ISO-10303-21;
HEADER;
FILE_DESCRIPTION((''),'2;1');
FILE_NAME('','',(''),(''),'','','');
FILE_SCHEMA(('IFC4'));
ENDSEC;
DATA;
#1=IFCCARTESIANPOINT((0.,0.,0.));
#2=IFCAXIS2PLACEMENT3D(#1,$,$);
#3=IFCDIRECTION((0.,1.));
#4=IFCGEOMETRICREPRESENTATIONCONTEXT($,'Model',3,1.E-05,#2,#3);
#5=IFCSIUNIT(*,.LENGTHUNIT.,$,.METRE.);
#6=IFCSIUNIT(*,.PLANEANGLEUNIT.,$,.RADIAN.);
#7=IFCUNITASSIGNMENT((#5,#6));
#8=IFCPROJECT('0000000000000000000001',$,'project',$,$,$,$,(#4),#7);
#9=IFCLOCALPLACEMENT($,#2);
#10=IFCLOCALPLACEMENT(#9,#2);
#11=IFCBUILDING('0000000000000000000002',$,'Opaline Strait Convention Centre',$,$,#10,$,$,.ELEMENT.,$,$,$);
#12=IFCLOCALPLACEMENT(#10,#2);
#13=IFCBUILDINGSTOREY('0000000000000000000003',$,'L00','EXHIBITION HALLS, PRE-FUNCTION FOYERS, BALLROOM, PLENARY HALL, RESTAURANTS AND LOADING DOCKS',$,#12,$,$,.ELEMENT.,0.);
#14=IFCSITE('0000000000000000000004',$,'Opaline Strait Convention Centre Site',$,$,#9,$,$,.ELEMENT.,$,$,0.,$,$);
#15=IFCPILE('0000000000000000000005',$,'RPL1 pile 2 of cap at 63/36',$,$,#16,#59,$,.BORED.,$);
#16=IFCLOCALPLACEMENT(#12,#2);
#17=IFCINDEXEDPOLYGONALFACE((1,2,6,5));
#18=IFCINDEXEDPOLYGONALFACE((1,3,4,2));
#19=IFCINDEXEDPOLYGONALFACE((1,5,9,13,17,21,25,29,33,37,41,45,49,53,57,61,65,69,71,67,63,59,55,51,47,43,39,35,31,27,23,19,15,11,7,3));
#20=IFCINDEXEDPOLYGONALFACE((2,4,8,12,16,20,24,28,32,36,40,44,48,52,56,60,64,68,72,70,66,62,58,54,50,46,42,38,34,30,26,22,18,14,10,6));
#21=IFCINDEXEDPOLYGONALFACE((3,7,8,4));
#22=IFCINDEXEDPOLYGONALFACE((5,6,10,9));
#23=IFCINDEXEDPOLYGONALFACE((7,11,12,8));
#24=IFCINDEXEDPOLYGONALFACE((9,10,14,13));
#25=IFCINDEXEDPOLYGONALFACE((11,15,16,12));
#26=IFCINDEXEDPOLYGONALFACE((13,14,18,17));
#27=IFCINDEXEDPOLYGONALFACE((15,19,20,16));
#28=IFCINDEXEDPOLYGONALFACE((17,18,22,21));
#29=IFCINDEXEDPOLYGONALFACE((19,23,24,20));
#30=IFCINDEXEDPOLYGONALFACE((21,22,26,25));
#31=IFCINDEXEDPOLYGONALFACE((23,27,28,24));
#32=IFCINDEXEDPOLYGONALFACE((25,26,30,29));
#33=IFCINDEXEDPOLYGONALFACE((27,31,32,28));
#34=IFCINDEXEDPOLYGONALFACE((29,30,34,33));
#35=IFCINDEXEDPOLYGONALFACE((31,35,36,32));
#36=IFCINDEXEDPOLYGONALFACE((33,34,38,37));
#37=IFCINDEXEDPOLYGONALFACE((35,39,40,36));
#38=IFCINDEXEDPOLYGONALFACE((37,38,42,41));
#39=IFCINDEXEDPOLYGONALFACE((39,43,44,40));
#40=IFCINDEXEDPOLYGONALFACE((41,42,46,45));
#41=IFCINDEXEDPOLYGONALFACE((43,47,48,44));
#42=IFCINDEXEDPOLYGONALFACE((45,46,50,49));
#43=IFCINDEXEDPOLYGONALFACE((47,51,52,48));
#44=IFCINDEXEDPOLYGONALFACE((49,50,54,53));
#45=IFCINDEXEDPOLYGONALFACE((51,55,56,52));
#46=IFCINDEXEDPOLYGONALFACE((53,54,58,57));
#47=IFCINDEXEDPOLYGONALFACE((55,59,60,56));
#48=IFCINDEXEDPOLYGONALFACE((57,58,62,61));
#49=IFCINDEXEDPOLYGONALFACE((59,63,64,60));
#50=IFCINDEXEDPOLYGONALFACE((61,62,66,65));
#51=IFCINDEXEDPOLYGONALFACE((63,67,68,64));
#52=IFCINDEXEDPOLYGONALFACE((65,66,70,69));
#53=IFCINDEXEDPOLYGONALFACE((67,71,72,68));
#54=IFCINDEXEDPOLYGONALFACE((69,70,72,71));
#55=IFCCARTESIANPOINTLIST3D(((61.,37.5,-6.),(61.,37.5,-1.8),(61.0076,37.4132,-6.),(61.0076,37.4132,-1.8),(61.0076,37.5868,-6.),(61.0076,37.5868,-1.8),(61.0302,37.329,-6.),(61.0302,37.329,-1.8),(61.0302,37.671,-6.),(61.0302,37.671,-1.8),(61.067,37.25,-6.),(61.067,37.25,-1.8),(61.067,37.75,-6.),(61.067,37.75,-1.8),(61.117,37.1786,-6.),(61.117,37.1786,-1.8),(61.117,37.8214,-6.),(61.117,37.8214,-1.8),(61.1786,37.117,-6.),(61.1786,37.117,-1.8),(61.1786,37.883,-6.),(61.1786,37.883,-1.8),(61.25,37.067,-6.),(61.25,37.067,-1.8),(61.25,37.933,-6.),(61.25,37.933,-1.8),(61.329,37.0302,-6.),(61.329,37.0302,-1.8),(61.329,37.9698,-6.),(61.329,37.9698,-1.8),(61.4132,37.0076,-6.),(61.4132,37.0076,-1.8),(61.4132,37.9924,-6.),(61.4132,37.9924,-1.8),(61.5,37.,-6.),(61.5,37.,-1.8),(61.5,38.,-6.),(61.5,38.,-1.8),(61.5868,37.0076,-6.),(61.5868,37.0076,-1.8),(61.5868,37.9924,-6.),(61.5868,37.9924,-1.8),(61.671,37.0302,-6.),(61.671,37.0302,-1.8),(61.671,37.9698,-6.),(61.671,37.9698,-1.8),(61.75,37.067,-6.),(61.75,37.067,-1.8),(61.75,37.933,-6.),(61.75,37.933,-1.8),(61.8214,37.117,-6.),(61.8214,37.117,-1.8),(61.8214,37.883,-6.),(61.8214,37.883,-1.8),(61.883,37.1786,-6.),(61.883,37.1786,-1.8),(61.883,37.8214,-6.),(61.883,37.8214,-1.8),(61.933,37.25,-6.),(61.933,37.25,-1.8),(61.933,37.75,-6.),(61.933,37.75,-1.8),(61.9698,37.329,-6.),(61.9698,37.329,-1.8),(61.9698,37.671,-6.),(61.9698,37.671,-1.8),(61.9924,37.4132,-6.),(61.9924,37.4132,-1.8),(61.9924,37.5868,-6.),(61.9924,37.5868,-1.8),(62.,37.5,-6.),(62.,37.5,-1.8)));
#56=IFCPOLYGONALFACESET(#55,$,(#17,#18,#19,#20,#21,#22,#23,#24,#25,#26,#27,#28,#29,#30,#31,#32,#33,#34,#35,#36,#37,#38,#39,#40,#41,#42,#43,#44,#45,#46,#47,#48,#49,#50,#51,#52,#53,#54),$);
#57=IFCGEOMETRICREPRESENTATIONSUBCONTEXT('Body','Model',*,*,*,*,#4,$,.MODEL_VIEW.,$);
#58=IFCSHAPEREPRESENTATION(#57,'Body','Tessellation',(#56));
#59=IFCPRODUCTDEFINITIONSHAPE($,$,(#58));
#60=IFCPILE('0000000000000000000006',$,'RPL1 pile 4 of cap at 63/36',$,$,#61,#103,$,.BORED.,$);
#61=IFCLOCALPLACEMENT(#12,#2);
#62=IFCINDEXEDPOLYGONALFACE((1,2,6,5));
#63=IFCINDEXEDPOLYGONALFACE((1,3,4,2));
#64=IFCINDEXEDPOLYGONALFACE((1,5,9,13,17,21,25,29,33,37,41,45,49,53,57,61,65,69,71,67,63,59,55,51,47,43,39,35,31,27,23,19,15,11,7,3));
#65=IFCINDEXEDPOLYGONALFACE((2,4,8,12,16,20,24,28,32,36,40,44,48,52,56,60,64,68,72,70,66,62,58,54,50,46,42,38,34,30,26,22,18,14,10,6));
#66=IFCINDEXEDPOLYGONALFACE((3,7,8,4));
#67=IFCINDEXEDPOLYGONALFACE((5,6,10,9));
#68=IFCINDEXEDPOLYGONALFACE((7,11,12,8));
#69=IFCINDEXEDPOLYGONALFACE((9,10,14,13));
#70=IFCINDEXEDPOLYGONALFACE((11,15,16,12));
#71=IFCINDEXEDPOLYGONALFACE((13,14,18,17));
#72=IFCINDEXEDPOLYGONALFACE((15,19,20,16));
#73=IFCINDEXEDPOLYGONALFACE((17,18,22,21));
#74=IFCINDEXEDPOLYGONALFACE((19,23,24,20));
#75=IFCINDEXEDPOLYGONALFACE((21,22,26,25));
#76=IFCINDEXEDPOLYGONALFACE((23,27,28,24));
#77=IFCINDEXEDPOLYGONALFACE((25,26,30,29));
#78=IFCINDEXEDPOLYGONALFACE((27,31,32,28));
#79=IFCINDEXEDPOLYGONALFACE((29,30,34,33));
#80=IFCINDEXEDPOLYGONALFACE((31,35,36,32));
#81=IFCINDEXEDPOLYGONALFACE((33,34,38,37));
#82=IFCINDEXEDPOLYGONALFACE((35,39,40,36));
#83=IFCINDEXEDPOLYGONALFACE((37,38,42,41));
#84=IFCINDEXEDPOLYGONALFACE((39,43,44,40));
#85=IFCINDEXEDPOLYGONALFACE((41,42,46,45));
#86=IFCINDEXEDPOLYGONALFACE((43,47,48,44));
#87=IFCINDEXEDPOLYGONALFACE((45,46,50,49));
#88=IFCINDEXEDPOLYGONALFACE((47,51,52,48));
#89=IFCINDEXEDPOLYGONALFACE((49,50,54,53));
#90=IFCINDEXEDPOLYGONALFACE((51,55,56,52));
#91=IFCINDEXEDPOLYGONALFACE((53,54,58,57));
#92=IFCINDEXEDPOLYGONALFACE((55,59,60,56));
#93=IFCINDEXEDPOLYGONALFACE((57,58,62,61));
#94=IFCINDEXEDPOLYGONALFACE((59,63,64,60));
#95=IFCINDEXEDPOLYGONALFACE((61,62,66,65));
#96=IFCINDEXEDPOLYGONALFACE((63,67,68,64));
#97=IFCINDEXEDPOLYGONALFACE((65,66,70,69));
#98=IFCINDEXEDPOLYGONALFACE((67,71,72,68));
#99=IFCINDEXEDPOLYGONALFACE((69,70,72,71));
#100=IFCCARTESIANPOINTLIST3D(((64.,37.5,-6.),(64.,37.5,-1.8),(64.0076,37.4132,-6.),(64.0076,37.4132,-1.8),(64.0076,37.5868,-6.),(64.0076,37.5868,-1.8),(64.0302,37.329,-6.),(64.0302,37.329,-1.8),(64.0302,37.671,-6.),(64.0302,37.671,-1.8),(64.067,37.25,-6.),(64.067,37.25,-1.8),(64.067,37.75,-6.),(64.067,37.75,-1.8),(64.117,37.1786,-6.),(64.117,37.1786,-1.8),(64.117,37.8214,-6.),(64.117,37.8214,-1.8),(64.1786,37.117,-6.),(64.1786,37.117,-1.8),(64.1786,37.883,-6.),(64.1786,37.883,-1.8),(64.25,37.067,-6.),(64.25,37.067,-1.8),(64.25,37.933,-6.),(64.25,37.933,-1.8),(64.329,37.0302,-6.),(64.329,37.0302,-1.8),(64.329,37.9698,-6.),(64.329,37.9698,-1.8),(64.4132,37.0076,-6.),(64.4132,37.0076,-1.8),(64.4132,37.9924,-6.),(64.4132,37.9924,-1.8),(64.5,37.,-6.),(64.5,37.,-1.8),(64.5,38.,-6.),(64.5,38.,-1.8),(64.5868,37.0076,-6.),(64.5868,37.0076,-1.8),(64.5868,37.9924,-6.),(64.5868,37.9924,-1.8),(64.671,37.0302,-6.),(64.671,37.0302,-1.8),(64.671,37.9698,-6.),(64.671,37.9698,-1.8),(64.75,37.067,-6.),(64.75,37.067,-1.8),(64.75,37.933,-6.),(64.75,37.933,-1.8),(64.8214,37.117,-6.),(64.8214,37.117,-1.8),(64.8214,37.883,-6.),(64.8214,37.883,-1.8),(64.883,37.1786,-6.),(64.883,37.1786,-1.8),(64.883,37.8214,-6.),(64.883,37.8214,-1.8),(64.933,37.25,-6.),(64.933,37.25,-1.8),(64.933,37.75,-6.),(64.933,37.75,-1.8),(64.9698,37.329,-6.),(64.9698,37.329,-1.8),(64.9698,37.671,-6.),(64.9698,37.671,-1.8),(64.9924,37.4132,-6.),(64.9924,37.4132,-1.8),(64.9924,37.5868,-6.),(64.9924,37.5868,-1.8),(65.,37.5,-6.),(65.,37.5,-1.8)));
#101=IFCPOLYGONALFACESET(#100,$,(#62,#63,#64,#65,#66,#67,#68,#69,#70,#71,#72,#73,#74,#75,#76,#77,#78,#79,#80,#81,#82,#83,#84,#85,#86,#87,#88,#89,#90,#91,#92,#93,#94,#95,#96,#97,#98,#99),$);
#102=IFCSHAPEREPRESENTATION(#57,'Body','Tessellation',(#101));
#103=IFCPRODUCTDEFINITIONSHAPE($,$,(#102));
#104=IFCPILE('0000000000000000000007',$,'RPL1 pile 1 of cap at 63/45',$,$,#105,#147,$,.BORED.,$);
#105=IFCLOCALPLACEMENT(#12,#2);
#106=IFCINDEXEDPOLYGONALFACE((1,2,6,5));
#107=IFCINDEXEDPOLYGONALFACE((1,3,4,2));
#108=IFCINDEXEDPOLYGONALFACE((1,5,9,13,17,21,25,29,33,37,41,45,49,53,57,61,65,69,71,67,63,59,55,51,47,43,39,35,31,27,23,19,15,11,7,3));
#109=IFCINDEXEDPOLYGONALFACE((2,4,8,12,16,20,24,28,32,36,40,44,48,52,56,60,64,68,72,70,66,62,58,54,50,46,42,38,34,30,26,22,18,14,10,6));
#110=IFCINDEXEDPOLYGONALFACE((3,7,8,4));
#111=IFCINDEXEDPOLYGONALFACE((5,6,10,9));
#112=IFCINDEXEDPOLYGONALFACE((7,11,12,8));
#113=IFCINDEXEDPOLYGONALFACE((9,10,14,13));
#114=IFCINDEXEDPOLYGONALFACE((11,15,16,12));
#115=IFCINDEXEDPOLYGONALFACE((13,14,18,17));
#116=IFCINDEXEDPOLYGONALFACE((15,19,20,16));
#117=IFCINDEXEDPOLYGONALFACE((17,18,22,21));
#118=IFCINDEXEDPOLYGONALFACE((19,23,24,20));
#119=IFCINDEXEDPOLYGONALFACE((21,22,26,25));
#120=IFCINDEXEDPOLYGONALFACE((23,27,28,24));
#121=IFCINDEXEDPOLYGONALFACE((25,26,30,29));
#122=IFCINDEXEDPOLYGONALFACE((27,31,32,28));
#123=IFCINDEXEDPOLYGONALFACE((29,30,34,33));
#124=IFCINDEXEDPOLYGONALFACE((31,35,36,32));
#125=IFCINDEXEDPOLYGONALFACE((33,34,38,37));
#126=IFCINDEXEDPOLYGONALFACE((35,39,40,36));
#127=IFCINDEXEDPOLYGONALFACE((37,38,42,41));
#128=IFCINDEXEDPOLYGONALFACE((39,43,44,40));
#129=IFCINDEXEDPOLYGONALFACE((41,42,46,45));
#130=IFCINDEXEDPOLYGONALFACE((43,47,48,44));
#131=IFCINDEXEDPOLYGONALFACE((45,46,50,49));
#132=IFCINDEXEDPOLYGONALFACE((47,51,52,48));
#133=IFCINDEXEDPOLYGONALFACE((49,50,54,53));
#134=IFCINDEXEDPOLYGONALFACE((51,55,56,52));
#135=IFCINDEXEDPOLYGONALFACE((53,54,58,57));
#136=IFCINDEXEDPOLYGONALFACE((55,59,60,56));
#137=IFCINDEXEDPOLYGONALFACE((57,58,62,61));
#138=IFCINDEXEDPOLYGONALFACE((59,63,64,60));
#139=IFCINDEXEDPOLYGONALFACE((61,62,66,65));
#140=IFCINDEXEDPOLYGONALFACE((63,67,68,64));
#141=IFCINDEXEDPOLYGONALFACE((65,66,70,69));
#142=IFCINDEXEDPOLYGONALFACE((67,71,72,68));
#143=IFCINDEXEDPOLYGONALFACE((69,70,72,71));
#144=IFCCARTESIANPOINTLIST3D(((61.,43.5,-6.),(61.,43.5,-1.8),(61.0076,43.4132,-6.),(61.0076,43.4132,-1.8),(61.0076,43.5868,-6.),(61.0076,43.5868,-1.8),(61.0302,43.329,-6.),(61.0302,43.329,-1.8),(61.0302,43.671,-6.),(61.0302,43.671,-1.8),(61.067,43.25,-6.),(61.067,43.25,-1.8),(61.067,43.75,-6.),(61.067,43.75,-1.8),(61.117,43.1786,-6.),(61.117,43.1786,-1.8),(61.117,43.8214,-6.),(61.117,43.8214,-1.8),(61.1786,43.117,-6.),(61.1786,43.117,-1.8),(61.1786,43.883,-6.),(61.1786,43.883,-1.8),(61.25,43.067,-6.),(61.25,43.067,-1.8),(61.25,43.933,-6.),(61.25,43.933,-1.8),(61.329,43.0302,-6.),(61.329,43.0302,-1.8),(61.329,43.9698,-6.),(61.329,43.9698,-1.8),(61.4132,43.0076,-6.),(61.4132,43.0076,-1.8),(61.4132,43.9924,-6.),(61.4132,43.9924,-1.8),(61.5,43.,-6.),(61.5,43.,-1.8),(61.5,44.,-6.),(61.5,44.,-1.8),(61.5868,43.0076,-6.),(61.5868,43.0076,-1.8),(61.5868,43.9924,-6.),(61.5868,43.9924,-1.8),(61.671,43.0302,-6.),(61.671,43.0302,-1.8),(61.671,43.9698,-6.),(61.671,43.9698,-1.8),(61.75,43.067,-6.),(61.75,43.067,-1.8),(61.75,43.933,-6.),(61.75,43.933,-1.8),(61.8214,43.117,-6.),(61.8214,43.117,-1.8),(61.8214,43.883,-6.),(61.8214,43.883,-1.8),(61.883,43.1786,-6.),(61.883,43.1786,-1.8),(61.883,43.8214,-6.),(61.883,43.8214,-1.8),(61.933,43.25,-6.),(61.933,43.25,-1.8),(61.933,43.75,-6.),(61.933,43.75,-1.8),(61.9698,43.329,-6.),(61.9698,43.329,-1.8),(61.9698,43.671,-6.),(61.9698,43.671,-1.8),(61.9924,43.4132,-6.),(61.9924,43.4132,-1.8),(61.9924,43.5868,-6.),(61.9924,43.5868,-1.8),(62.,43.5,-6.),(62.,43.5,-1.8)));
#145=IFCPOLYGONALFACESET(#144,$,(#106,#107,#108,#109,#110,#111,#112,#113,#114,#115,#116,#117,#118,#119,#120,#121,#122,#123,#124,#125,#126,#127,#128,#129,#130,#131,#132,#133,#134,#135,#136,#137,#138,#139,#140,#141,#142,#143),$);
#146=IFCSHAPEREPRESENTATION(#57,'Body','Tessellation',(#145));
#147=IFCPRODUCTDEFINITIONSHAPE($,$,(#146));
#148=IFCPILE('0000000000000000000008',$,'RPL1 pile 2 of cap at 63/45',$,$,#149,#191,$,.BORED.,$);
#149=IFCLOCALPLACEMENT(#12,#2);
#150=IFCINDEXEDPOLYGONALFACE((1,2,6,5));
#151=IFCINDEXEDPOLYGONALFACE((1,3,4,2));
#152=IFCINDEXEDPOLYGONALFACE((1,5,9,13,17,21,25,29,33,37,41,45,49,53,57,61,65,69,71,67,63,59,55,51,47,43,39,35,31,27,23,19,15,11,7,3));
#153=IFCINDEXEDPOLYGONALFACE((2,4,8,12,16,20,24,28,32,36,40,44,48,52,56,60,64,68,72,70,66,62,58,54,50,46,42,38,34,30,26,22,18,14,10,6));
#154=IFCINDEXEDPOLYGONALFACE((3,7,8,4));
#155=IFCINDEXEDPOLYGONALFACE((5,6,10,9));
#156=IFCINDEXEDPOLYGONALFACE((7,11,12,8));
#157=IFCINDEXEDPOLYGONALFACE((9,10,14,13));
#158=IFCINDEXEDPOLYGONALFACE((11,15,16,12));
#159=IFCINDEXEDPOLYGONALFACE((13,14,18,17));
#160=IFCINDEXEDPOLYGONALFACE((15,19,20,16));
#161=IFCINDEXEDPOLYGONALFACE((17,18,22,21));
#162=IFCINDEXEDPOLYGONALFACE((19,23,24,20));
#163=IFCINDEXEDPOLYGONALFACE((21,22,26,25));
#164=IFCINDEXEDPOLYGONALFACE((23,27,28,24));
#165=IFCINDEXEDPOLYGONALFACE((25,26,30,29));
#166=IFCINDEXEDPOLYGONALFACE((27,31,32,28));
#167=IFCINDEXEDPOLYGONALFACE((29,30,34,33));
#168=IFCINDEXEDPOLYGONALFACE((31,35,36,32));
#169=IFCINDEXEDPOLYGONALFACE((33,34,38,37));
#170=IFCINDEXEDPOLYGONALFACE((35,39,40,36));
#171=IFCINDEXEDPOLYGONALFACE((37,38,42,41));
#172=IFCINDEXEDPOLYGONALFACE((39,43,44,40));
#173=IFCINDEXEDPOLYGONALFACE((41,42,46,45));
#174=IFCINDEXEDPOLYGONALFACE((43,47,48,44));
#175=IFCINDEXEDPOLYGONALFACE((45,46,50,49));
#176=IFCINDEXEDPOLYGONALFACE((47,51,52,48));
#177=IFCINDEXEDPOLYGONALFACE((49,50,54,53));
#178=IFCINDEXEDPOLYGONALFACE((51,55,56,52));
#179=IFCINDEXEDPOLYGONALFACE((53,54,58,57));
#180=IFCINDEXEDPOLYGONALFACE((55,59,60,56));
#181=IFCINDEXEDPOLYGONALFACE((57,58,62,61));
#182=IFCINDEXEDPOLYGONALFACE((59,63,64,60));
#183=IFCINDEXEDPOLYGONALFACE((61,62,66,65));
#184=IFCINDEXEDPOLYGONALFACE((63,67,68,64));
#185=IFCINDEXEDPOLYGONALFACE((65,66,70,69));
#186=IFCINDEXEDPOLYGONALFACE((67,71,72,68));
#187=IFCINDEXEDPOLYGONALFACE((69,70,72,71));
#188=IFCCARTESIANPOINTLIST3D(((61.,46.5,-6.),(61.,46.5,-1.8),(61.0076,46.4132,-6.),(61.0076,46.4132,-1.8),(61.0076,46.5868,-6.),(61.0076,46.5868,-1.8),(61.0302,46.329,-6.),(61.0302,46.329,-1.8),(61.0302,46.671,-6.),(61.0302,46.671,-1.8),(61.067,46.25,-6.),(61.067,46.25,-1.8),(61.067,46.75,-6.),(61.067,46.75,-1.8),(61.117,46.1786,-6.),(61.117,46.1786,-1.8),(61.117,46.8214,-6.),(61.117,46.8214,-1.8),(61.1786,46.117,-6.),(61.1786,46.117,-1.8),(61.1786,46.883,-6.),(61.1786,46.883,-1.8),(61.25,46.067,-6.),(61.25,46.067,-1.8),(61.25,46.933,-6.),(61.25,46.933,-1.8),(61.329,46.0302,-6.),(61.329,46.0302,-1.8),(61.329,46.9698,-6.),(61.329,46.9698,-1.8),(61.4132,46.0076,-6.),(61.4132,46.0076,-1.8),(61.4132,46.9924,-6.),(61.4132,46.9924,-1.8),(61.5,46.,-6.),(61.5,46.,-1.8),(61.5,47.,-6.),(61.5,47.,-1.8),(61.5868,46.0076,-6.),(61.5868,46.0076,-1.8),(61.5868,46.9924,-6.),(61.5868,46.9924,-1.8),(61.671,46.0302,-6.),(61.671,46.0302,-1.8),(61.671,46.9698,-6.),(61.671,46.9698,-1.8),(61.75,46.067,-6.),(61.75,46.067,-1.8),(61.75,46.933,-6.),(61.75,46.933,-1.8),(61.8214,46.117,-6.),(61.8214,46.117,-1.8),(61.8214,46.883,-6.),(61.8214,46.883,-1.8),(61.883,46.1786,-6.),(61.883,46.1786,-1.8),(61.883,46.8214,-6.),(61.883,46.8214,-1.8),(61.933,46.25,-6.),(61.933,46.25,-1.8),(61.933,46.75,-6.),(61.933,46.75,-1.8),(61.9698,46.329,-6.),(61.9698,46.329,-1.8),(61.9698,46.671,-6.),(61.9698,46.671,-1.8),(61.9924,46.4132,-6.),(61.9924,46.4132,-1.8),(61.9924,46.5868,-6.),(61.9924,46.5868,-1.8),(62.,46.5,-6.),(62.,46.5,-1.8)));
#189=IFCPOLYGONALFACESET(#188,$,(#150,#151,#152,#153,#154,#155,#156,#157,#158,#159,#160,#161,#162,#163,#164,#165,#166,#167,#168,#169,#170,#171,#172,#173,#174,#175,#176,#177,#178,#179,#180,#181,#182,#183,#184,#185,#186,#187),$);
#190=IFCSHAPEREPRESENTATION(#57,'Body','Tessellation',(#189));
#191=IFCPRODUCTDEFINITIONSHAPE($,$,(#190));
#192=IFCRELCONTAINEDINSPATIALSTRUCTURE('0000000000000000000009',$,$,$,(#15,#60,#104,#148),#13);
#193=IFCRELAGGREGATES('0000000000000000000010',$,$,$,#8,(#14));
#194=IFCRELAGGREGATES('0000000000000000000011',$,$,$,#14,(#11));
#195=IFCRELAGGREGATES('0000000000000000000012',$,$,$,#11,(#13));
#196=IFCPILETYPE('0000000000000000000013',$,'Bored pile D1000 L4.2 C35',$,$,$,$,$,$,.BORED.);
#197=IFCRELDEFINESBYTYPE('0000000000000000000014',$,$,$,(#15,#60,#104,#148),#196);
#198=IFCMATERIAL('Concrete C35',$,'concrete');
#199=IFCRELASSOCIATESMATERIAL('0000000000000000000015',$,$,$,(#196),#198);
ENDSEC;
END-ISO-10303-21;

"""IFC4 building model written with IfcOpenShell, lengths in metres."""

from ifc_helpers import new_model, si_unit, direction, frame, origin, origin_2d, place, context, subcontext, project, spatial, circle, extrude, material, material_profile, profile_set, type_object, element, save


model = new_model("IFC4")

# Units and contexts
model_context = context("Model", 3, precision=1e-05, world=origin(), true_north=direction((0.0, 1.0)))
body_context = subcontext(model_context, "Body", "Model", "MODEL_VIEW")
ifc_project = project(units=[si_unit("LENGTHUNIT", "METRE"), si_unit("PLANEANGLEUNIT", "RADIAN")], contexts=[model_context])

# Site, building, storey
site_placement = place(None, origin())
site = spatial("IfcSite", under=ifc_project, at=site_placement, Name="Opaline Strait Convention Centre Site", CompositionType="ELEMENT", RefElevation=0.0)
building_placement = place(site_placement, origin())
building = spatial("IfcBuilding", under=site, at=building_placement, Name="Opaline Strait Convention Centre", CompositionType="ELEMENT")
storey_placement = place(building_placement, origin())
storey = spatial("IfcBuildingStorey", under=building, at=storey_placement, Name="L00", Description="EXHIBITION HALLS, PRE-FUNCTION FOYERS, BALLROOM, PLENARY HALL, RESTAURANTS AND LOADING DOCKS", CompositionType="ELEMENT", Elevation=0.0)

# Piles
ifc_material_1 = material(Name="Concrete C35", Category="concrete")
ifc_material_profile_1 = material_profile(ifc_material_1, circle(Radius=0.5, at=origin_2d()), Name="D1000")
ifc_profile_set_1 = profile_set([ifc_material_profile_1], Name="Concrete C35")
pile_type = type_object("IfcPileType", Name="Bored pile D1000 L4.2 C35", PredefinedType="BORED", material=ifc_profile_set_1)
for number, where, z_axis, x_axis, name in (
    (1, (61.5, 37.5, -1.8), (0.0, 0.0, -1.0), (1.0, 0.0, 0.0), "RPL1 pile 2 of cap at 63/36"),
    (2, (64.5, 37.5, -1.8), (0.0, 0.0, -1.0), (1.0, 0.0, 0.0), "RPL1 pile 4 of cap at 63/36"),
    (3, (61.5, 43.5, -1.8), (0.0, 0.0, -1.0), (1.0, 0.0, 0.0), "RPL1 pile 1 of cap at 63/45"),
    (4, (61.5, 46.5, -1.8), (0.0, 0.0, -1.0), (1.0, 0.0, 0.0), "RPL1 pile 2 of cap at 63/45"),
):
    element("IfcPile", number, at=place(storey_placement, frame(where, z_axis=z_axis, x_axis=x_axis)), inside=storey, type_object=pile_type, Name=name, PredefinedType="BORED", context=body_context, shape_type="SweptSolid", body=[
        extrude(circle(Radius=0.5, at=origin_2d()), origin(), (0.0, 0.0, 1.0), 4.2),
    ])

save(model, "model.ifc")
